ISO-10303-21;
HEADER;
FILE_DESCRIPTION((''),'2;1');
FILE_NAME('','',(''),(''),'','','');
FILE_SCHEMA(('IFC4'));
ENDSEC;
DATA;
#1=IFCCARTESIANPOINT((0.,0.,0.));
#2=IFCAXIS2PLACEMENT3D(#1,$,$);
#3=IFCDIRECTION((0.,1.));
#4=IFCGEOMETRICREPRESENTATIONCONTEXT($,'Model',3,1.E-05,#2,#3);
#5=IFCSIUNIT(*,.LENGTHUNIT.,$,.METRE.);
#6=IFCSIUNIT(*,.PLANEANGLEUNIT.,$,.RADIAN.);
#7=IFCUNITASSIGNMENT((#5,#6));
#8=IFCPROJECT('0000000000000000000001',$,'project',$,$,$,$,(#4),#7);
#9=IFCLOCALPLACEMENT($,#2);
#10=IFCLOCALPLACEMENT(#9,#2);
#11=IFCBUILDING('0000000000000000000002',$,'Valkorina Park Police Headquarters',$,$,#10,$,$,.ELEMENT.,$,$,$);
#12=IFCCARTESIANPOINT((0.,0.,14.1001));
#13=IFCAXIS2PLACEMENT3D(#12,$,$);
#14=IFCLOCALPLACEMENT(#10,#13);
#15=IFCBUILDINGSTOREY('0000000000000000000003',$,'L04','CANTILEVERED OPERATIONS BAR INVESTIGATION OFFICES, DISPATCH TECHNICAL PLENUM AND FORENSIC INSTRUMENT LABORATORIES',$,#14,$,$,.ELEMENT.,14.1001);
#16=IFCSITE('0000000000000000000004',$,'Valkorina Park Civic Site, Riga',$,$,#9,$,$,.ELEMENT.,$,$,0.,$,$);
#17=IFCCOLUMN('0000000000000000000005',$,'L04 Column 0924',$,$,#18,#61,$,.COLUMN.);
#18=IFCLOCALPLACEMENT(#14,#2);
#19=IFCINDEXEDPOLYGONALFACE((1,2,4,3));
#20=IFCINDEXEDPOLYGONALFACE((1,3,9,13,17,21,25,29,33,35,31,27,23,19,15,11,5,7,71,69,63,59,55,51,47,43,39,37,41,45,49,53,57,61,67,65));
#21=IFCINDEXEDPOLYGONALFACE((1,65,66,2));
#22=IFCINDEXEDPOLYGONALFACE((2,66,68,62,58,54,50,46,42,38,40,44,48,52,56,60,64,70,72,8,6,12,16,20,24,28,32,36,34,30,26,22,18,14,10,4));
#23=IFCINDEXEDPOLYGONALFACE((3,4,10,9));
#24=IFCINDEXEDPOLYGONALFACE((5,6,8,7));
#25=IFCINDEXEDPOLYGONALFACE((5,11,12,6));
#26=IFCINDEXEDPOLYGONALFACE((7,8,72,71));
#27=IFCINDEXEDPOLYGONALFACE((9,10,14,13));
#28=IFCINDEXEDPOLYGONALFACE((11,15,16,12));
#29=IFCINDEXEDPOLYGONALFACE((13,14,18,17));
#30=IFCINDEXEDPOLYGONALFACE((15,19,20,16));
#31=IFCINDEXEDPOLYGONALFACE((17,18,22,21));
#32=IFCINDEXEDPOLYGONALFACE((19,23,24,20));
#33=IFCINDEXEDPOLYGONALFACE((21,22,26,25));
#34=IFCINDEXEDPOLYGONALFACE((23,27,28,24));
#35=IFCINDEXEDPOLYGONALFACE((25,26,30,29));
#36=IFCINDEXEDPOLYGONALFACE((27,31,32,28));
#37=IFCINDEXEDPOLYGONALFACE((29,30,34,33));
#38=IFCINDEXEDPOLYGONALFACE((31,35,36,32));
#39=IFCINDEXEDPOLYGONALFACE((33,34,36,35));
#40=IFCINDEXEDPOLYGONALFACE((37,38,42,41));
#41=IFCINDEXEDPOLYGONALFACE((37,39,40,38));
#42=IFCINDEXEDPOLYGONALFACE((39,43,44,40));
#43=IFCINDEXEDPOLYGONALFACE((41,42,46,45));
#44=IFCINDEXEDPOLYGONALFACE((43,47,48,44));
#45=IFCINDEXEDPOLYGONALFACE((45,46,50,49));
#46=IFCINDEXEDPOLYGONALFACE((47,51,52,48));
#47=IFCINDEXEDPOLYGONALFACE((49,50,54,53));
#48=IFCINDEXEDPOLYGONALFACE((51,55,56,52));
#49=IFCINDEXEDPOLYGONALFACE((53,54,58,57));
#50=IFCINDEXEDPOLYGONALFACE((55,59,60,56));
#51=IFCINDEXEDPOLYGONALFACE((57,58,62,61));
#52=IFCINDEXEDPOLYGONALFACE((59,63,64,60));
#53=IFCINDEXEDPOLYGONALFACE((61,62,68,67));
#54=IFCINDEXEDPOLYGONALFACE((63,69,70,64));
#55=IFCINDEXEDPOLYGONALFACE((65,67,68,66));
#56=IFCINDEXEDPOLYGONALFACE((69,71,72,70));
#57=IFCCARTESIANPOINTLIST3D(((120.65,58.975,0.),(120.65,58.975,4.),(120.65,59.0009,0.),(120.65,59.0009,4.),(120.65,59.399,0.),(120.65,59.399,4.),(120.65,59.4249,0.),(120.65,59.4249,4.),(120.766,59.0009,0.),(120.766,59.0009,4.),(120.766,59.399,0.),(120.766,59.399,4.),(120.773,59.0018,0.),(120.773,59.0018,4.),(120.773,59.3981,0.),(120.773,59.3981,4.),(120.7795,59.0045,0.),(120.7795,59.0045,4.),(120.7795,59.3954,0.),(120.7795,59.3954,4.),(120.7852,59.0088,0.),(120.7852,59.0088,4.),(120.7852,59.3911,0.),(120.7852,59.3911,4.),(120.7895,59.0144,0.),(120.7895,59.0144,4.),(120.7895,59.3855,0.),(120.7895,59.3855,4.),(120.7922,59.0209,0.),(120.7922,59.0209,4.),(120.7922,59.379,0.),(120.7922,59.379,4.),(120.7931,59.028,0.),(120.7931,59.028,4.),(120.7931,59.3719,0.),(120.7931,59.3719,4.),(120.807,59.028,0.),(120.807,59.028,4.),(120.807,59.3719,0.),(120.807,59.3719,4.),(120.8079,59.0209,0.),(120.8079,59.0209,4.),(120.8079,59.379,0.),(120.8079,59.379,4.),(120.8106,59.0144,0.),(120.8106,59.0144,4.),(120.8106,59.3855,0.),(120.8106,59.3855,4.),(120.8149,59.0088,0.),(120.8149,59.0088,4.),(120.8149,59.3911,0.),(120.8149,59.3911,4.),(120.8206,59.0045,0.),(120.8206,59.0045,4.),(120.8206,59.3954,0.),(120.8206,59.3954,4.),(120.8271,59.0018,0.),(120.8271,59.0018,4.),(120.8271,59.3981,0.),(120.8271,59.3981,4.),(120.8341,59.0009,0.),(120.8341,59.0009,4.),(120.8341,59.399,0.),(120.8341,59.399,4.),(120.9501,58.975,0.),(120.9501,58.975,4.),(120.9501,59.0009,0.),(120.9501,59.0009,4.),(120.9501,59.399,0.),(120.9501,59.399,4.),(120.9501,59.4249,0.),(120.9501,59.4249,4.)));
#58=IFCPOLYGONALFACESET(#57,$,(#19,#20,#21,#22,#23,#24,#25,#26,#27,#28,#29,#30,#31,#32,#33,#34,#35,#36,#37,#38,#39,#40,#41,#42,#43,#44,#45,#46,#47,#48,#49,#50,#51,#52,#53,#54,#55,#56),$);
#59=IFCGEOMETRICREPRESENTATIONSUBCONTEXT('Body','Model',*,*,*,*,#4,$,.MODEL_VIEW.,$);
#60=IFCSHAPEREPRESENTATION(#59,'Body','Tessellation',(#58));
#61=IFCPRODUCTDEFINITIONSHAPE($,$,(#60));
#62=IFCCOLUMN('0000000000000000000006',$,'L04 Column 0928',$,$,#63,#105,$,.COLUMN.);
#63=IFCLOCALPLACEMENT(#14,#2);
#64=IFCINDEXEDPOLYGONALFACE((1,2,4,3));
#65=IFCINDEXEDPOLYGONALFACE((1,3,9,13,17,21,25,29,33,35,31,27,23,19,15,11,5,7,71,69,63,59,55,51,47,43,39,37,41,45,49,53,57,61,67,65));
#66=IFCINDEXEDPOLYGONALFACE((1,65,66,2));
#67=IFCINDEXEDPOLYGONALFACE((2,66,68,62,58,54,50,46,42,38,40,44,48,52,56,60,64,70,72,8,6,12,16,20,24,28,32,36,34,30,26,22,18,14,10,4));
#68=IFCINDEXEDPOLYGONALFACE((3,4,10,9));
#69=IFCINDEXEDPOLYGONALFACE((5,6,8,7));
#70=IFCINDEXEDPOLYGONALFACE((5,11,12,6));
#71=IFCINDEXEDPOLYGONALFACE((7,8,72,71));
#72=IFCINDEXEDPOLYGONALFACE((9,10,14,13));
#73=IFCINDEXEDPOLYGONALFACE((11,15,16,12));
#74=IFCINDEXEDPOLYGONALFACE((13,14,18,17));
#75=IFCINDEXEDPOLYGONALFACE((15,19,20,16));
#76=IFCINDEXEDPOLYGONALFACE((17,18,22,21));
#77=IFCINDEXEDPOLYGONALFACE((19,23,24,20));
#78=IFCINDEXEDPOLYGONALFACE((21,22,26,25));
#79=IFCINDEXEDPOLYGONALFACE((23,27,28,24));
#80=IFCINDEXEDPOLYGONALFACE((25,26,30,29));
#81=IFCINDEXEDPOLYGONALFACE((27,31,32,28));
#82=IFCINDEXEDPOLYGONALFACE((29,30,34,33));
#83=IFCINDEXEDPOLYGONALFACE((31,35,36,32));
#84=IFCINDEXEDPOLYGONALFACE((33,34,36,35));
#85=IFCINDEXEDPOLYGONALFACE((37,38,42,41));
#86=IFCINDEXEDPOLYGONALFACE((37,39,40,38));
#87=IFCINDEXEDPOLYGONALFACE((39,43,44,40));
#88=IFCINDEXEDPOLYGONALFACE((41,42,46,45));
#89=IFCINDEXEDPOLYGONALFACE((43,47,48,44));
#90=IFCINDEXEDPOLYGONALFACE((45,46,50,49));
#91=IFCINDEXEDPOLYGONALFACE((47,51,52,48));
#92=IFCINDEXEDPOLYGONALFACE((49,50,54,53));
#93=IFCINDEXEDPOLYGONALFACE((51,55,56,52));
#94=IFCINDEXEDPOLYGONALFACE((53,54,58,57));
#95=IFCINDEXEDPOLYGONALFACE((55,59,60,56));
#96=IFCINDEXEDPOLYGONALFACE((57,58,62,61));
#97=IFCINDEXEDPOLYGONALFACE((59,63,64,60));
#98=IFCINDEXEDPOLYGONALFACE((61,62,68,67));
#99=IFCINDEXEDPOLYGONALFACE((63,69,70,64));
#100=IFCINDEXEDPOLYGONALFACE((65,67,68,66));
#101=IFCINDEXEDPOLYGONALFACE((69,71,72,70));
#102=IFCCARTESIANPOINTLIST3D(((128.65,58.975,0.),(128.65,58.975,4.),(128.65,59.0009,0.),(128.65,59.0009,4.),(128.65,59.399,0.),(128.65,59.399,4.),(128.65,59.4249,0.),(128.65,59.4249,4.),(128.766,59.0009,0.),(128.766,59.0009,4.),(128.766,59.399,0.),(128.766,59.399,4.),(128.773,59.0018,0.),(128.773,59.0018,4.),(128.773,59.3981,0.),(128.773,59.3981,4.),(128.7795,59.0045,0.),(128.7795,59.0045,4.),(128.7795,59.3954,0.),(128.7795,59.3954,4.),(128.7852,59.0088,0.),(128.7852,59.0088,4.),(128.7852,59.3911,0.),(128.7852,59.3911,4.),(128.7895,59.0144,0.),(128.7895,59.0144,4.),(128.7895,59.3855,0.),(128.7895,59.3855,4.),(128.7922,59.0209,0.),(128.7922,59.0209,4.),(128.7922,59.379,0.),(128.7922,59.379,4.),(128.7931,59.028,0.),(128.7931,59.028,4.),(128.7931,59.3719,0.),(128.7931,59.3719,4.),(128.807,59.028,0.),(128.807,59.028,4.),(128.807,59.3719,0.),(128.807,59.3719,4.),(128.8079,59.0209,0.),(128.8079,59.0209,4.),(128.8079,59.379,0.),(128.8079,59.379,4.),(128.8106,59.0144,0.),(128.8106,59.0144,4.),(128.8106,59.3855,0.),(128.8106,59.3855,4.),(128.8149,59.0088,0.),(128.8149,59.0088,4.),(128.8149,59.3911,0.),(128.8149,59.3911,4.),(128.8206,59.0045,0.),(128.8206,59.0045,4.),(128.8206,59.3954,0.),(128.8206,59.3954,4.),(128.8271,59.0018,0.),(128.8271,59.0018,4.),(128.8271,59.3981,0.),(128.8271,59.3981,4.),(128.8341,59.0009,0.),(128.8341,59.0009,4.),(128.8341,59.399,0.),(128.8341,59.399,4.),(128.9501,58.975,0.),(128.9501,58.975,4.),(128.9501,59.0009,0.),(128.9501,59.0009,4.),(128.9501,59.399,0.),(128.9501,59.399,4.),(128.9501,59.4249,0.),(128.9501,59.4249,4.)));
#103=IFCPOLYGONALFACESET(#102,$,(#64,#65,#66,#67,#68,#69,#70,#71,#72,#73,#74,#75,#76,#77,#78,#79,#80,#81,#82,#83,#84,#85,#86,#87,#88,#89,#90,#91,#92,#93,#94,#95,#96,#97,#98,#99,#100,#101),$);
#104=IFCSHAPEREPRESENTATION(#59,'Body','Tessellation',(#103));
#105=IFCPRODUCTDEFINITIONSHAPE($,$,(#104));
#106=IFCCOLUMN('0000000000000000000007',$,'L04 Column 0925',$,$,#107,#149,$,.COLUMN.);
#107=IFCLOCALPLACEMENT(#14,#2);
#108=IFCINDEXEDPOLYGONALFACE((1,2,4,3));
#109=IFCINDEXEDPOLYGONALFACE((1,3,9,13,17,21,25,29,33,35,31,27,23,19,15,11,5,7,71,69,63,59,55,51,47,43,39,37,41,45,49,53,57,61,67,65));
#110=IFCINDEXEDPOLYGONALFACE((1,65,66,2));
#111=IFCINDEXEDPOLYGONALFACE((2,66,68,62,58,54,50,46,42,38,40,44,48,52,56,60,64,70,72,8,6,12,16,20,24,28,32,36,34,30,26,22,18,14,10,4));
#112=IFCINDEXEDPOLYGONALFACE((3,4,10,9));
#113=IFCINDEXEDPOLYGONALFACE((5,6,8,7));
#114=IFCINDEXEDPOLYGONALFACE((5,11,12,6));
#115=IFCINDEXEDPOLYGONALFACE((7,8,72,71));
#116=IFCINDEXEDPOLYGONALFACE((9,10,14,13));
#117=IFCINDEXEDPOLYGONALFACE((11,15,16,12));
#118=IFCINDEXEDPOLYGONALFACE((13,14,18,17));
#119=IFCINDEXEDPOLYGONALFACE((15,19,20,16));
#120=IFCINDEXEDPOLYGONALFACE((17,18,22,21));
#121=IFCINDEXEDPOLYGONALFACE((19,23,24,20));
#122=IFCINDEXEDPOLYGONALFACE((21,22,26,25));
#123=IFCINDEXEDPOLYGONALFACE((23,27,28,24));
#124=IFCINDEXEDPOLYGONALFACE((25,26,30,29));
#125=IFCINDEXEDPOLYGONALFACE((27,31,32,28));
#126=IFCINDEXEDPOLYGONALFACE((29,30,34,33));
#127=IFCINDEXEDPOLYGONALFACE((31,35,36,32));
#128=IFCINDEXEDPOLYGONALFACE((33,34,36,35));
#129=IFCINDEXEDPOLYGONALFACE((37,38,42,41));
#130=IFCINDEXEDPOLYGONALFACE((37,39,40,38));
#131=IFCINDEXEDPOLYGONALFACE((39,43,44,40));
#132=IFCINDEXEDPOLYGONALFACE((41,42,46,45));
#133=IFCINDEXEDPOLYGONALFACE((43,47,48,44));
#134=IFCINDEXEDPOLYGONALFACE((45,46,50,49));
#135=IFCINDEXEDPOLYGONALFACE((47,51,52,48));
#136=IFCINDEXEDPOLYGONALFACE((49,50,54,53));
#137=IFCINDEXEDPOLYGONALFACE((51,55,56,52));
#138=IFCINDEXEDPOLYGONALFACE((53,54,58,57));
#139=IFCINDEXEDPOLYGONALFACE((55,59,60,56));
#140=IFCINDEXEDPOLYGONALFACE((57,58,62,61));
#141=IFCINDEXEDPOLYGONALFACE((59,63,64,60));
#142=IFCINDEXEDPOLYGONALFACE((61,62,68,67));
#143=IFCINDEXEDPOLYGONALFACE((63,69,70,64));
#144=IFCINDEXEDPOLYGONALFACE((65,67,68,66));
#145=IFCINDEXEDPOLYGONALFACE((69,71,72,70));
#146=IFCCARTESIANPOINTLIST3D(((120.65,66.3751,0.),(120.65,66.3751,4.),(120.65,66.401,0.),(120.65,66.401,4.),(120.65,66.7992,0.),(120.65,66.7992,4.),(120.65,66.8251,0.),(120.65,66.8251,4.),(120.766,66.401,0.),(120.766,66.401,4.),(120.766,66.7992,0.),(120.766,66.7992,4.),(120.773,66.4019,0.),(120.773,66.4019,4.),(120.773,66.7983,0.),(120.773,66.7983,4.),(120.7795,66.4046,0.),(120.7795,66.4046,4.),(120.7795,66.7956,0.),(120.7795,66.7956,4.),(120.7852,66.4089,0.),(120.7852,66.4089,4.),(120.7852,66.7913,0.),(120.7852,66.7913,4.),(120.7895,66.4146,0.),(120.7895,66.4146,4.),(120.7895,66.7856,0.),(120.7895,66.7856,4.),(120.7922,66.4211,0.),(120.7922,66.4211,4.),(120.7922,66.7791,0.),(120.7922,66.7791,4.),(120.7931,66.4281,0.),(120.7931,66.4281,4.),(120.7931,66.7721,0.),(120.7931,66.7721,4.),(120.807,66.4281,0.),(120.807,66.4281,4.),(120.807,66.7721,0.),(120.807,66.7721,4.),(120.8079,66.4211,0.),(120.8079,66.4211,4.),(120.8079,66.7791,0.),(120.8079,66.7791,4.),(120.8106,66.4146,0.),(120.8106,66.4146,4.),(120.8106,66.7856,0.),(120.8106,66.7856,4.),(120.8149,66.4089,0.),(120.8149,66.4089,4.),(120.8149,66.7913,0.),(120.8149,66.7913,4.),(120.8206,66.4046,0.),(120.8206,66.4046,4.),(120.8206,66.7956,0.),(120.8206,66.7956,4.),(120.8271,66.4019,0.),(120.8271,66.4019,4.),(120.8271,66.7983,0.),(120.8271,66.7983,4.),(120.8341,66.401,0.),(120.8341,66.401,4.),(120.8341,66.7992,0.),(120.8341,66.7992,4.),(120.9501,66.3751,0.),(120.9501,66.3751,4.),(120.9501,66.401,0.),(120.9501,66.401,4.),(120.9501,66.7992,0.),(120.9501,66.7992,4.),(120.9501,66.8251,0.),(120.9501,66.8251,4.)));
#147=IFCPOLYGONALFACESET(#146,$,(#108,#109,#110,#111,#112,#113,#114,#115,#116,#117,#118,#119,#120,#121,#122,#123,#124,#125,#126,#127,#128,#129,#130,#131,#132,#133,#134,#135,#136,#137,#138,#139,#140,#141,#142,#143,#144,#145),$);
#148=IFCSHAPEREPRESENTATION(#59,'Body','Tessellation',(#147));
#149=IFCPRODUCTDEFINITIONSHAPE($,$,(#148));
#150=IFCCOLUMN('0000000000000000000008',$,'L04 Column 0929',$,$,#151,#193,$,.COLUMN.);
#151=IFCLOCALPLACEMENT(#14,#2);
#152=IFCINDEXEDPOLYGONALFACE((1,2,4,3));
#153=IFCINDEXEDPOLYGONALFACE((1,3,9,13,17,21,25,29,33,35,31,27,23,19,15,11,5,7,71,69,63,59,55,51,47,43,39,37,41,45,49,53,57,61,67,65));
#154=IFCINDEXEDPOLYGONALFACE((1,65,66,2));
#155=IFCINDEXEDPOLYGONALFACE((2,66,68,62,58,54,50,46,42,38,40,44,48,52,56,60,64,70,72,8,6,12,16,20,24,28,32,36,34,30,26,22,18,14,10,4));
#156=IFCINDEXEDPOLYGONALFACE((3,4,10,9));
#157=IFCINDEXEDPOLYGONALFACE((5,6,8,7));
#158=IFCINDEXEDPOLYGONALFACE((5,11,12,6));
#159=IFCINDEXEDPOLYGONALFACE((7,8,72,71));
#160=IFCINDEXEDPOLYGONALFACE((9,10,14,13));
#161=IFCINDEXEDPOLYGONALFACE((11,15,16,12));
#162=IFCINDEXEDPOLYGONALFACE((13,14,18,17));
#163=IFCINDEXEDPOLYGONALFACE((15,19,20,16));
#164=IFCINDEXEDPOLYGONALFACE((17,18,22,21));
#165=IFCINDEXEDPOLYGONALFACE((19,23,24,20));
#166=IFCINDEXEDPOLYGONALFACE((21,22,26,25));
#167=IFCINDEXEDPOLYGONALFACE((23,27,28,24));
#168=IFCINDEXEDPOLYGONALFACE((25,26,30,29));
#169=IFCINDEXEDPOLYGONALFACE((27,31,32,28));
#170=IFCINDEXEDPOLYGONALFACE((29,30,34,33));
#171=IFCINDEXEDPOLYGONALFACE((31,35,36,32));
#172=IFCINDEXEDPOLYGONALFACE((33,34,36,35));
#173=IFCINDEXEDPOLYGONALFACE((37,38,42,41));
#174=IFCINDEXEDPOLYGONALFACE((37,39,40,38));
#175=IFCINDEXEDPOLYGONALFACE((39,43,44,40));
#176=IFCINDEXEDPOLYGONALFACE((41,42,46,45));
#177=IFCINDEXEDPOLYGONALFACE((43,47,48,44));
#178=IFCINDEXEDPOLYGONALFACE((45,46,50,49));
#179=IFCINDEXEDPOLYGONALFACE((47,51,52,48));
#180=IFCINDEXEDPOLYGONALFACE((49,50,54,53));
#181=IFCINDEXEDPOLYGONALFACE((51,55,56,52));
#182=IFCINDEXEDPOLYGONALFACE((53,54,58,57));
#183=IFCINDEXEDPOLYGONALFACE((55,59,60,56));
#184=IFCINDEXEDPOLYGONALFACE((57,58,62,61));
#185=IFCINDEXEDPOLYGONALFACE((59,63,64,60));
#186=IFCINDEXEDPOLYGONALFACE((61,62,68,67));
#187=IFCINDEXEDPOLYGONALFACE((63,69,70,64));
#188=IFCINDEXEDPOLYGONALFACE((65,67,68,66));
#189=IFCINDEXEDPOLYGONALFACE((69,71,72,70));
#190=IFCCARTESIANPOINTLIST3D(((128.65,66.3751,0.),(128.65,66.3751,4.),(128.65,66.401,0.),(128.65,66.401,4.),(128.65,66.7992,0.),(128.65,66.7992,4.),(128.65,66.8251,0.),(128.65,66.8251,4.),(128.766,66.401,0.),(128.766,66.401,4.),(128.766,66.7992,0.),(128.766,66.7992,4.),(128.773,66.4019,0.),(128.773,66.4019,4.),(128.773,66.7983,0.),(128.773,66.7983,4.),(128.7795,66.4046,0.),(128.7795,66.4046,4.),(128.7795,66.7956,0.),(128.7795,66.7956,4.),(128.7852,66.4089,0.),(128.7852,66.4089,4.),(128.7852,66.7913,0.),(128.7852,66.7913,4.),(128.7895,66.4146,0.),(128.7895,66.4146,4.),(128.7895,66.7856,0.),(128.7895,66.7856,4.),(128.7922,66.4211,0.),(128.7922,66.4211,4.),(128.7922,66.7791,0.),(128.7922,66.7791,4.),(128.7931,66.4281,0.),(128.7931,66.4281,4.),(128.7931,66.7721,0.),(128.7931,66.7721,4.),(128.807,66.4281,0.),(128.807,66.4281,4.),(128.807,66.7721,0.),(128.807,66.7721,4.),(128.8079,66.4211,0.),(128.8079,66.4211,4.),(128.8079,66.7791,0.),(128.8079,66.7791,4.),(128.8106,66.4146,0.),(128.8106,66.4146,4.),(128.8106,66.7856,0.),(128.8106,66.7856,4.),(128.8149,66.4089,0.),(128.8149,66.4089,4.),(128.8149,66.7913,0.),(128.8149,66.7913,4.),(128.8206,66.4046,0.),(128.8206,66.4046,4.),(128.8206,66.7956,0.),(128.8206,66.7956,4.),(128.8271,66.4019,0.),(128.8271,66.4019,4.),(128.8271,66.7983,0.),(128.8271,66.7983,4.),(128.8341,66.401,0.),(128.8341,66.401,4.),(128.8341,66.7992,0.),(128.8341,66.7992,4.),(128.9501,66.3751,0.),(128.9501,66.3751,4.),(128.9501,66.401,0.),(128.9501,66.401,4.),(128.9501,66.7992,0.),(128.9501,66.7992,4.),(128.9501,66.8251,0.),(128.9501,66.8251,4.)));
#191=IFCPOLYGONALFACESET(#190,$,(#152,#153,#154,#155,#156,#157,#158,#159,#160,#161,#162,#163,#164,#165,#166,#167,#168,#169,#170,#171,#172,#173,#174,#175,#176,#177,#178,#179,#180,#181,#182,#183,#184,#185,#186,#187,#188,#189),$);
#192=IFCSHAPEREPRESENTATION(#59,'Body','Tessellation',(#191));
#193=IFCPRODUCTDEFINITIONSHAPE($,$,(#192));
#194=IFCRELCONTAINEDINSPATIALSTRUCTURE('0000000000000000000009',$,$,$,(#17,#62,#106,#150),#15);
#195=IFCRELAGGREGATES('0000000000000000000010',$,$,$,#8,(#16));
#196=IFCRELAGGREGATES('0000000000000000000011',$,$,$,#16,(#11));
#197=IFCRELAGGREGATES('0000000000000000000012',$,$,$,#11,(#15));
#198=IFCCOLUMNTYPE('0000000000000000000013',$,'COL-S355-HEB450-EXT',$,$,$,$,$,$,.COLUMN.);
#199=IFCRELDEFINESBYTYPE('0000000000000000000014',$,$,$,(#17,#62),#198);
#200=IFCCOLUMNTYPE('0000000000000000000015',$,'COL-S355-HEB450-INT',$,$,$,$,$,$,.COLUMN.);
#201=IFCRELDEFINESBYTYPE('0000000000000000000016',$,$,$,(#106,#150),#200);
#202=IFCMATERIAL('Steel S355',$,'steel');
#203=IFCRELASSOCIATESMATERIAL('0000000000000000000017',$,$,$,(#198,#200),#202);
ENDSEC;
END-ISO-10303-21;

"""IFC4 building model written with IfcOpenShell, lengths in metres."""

from ifc_helpers import new_model, si_unit, direction, frame, origin, origin_2d, place, context, subcontext, project, spatial, i_section, extrude, material, material_profile, profile_set, type_object, element, save


model = new_model("IFC4")

# Units and contexts
model_context = context("Model", 3, precision=1e-05, world=origin(), true_north=direction((0.0, 1.0)))
body_context = subcontext(model_context, "Body", "Model", "MODEL_VIEW")
ifc_project = project(units=[si_unit("LENGTHUNIT", "METRE"), si_unit("PLANEANGLEUNIT", "RADIAN")], contexts=[model_context])

# Site, building, storey
site_placement = place(None, origin())
site = spatial("IfcSite", under=ifc_project, at=site_placement, Name="Valkorina Park Civic Site, Riga", CompositionType="ELEMENT", RefElevation=0.0)
building_placement = place(site_placement, origin())
building = spatial("IfcBuilding", under=site, at=building_placement, Name="Valkorina Park Police Headquarters", CompositionType="ELEMENT")
storey_placement = place(building_placement, frame((0.0, 0.0, 14.1001)))
storey = spatial("IfcBuildingStorey", under=building, at=storey_placement, Name="L04", Description="CANTILEVERED OPERATIONS BAR INVESTIGATION OFFICES, DISPATCH TECHNICAL PLENUM AND FORENSIC INSTRUMENT LABORATORIES", CompositionType="ELEMENT", Elevation=14.1001)

# Columns
ifc_material_1 = material(Name="Steel S355", Category="steel")
ifc_material_profile_1 = material_profile(ifc_material_1, i_section(OverallWidth=0.3, OverallDepth=0.45, WebThickness=0.0139, FlangeThickness=0.0259, FilletRadius=0.0271, at=origin_2d()), Name="HEB 450")
ifc_profile_set_1 = profile_set([ifc_material_profile_1], Name="Steel S355")
column_type_1 = type_object("IfcColumnType", Name="COL-S355-HEB450-EXT", PredefinedType="COLUMN", material=ifc_profile_set_1)
for number, where, z_axis, x_axis, name in (
    (1, (120.8, 59.2, 0.0), (0.0, 0.0, 1.0), (1.0, 0.0, 0.0), "L04 Column 0924"),
    (2, (128.8, 59.2, 0.0), (0.0, 0.0, 1.0), (1.0, 0.0, 0.0), "L04 Column 0928"),
):
    element("IfcColumn", number, at=place(storey_placement, frame(where, z_axis=z_axis, x_axis=x_axis)), inside=storey, type_object=column_type_1, Name=name, PredefinedType="COLUMN", context=body_context, shape_type="SweptSolid", body=[
        extrude(i_section(OverallWidth=0.3, OverallDepth=0.45, WebThickness=0.0139, FlangeThickness=0.0259, FilletRadius=0.0271, at=origin_2d()), origin(), (0.0, 0.0, 1.0), 4.0),
    ])
ifc_material_profile_2 = material_profile(ifc_material_1, i_section(OverallWidth=0.3, OverallDepth=0.45, WebThickness=0.0139, FlangeThickness=0.0259, FilletRadius=0.0271, at=origin_2d()), Name="HEB 450")
ifc_profile_set_2 = profile_set([ifc_material_profile_2], Name="Steel S355")
column_type_2 = type_object("IfcColumnType", Name="COL-S355-HEB450-INT", PredefinedType="COLUMN", material=ifc_profile_set_2)
for number, where, z_axis, x_axis, name in (
    (3, (120.8, 66.6001, 0.0), (0.0, 0.0, 1.0), (1.0, 0.0, 0.0), "L04 Column 0925"),
    (4, (128.8, 66.6001, 0.0), (0.0, 0.0, 1.0), (1.0, 0.0, 0.0), "L04 Column 0929"),
):
    element("IfcColumn", number, at=place(storey_placement, frame(where, z_axis=z_axis, x_axis=x_axis)), inside=storey, type_object=column_type_2, Name=name, PredefinedType="COLUMN", context=body_context, shape_type="SweptSolid", body=[
        extrude(i_section(OverallWidth=0.3, OverallDepth=0.45, WebThickness=0.0139, FlangeThickness=0.0259, FilletRadius=0.0271, at=origin_2d()), origin(), (0.0, 0.0, 1.0), 4.0),
    ])

save(model, "model.ifc")
